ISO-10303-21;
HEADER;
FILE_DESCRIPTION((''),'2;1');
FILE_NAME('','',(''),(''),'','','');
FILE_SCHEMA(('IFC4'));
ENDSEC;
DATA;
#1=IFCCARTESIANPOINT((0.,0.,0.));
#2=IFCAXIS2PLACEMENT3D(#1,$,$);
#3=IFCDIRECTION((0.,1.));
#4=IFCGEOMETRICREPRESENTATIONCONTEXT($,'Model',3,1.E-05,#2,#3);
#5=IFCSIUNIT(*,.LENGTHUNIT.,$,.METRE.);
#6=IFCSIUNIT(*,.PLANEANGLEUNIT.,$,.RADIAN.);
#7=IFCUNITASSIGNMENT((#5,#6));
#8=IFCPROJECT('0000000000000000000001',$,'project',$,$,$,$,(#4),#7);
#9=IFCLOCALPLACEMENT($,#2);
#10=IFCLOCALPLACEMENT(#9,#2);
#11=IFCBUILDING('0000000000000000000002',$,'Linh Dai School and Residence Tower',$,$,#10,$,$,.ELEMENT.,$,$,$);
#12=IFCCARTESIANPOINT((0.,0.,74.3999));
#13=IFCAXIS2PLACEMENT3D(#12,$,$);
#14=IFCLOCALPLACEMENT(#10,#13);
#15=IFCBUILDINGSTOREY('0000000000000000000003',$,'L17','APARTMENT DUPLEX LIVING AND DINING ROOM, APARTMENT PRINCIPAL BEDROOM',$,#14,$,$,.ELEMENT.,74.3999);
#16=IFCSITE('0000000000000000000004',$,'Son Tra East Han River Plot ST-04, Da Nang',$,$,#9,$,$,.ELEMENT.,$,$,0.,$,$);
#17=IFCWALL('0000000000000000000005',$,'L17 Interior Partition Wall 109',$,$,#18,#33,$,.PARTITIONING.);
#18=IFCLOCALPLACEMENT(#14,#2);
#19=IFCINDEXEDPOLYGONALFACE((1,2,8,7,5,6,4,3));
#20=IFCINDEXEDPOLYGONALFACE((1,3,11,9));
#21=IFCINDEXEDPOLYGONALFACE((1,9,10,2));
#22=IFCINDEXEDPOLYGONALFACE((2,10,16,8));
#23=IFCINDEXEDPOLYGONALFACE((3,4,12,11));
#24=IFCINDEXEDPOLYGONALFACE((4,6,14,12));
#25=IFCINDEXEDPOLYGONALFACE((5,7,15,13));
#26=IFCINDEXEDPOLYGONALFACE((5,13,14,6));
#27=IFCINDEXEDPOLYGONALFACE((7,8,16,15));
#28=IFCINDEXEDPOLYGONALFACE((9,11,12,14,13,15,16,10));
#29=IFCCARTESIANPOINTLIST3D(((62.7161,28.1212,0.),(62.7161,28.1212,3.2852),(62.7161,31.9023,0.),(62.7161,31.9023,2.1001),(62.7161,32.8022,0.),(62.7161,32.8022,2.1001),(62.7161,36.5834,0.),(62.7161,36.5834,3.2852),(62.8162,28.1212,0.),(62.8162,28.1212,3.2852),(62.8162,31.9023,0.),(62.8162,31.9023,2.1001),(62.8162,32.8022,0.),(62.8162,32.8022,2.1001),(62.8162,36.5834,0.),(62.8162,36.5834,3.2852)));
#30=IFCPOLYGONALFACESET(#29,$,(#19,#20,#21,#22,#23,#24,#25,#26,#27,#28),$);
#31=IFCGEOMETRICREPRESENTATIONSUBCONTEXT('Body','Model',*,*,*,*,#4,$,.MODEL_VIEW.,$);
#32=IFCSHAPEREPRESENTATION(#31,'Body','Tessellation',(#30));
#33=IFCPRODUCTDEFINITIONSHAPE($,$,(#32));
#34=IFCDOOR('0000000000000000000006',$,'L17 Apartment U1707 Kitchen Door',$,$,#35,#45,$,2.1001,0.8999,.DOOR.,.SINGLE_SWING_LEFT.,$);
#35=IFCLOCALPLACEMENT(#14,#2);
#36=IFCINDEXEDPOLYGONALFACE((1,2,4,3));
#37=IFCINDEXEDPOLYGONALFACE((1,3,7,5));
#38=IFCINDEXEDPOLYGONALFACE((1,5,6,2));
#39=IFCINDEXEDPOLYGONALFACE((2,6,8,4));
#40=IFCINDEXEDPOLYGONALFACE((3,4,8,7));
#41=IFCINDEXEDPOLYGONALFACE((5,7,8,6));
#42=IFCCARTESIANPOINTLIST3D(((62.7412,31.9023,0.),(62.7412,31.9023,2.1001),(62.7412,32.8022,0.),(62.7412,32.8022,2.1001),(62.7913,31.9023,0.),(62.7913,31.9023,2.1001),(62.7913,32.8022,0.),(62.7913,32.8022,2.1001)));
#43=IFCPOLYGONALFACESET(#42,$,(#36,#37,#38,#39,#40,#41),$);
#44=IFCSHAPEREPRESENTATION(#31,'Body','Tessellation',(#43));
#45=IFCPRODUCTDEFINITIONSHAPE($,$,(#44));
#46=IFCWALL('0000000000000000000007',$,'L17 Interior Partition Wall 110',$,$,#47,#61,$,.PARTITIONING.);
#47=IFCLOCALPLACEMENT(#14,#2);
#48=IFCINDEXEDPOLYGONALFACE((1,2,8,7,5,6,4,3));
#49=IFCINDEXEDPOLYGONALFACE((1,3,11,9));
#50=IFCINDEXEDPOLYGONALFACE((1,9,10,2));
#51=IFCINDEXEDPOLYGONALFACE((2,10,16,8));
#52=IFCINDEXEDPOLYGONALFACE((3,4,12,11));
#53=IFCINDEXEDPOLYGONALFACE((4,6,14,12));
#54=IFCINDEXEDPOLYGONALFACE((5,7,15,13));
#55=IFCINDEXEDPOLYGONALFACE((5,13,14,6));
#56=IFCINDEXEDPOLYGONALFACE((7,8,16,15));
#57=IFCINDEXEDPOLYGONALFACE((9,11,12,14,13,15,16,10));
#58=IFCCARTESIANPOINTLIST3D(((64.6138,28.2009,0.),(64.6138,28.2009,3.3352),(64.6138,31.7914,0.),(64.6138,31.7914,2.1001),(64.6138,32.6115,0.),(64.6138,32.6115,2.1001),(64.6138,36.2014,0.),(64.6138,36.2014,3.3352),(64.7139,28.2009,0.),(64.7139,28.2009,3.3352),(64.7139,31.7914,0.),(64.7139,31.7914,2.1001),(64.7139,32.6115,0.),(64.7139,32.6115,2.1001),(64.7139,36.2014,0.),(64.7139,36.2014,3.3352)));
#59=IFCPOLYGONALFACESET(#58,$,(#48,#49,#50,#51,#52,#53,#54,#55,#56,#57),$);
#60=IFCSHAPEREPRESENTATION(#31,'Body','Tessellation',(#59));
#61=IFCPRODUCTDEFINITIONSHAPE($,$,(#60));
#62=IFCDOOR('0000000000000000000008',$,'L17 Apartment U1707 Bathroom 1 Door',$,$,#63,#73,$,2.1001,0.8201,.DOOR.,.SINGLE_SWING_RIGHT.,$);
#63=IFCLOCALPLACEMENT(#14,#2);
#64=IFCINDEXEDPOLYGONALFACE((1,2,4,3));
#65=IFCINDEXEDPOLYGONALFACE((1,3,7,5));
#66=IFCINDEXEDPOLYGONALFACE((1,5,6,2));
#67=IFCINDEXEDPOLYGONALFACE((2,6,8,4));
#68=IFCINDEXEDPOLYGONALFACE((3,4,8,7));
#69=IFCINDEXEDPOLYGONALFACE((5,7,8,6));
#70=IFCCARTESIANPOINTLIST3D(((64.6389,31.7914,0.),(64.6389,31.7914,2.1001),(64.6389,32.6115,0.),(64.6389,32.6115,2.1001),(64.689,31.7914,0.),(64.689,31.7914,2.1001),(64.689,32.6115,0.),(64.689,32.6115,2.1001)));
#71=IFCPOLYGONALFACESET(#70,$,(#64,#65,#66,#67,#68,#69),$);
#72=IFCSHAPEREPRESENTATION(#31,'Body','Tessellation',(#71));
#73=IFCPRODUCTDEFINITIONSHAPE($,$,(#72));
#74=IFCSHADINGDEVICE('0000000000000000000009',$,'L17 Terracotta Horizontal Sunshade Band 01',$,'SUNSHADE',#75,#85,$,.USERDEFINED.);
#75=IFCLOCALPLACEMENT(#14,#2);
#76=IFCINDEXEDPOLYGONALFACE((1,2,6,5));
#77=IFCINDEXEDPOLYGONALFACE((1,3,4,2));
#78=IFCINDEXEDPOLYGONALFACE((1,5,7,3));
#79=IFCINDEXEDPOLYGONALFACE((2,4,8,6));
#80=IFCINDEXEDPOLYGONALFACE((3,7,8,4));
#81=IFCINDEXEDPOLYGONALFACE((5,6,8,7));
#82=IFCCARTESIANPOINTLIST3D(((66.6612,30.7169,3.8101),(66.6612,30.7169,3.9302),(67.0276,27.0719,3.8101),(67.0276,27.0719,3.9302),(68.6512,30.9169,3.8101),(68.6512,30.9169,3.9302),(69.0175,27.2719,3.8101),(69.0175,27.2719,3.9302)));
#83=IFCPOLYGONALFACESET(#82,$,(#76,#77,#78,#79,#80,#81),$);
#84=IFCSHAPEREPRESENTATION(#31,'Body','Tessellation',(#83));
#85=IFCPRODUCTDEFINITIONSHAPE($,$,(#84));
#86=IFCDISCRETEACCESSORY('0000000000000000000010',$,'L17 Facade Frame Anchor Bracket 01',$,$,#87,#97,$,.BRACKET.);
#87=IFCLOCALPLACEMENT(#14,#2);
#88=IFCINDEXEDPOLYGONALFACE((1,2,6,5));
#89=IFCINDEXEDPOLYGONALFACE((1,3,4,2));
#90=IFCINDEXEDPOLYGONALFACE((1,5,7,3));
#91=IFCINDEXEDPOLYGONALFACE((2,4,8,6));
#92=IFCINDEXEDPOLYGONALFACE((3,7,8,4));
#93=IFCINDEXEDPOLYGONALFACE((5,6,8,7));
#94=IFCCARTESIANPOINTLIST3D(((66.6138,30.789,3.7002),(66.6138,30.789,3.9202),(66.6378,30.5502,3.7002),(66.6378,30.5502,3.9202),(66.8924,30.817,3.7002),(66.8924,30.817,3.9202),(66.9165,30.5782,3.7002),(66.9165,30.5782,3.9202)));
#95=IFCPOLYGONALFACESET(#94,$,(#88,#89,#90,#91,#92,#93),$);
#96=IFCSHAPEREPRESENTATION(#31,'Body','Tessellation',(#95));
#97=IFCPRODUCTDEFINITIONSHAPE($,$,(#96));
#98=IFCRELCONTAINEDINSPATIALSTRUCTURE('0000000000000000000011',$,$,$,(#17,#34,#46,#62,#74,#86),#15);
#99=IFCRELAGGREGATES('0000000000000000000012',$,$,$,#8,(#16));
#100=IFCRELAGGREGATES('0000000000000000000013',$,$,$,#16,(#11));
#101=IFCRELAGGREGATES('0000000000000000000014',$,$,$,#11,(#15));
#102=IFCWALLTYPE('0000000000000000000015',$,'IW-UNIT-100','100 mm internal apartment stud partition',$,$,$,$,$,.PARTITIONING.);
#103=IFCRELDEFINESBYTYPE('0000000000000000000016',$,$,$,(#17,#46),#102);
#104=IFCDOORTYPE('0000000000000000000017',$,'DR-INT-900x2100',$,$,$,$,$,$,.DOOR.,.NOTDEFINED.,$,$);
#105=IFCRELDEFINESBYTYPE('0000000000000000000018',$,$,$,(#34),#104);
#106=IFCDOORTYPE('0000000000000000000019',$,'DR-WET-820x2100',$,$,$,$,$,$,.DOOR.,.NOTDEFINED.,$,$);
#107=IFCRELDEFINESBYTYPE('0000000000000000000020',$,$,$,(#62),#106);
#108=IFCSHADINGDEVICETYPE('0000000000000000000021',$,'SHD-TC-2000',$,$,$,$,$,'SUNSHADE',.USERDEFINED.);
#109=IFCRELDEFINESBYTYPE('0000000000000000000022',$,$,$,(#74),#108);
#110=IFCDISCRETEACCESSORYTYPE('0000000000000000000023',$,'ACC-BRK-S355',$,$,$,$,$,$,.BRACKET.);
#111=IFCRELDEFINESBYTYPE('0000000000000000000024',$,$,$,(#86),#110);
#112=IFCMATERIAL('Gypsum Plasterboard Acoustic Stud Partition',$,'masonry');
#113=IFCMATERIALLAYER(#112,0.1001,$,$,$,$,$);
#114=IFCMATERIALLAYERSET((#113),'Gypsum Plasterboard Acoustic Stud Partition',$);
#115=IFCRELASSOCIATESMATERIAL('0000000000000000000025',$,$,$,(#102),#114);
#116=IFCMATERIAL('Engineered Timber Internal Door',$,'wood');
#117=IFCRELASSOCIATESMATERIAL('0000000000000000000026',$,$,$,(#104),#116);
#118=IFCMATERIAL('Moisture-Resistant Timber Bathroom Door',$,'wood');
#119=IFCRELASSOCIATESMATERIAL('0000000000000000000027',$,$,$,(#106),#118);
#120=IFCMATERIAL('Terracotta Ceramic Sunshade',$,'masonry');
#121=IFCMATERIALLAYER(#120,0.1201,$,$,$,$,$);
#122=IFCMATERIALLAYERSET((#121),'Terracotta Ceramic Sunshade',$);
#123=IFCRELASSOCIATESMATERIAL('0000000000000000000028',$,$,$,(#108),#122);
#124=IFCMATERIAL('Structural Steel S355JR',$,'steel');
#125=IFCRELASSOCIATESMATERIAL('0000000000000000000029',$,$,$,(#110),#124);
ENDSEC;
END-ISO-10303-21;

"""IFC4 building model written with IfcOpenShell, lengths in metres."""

from ifc_helpers import new_model, si_unit, direction, frame, frame_2d, origin, origin_2d, place, context, subcontext, project, spatial, rectangle, extrude, source, transform, mapped, material, layer, layer_set, type_object, element, fill, save


model = new_model("IFC4")

# Units and contexts
model_context = context("Model", 3, precision=1e-05, world=origin(), true_north=direction((0.0, 1.0)))
body_context = subcontext(model_context, "Body", "Model", "MODEL_VIEW")
ifc_project = project(units=[si_unit("LENGTHUNIT", "METRE"), si_unit("PLANEANGLEUNIT", "RADIAN")], contexts=[model_context])

# Site, building, storey
site_placement = place(None, origin())
site = spatial("IfcSite", under=ifc_project, at=site_placement, Name="Son Tra East Han River Plot ST-04, Da Nang", CompositionType="ELEMENT", RefElevation=0.0)
building_placement = place(site_placement, origin())
building = spatial("IfcBuilding", under=site, at=building_placement, Name="Linh Dai School and Residence Tower", CompositionType="ELEMENT")
storey_placement = place(building_placement, frame((0.0, 0.0, 74.3999)))
storey = spatial("IfcBuildingStorey", under=building, at=storey_placement, Name="L17", Description="APARTMENT DUPLEX LIVING AND DINING ROOM, APARTMENT PRINCIPAL BEDROOM", CompositionType="ELEMENT", Elevation=74.3999)

# Shared definitions
ifc_material_1 = material(Name="Structural Steel S355JR", Category="steel")

# Shared definitions
ifc_material_2 = material(Name="Gypsum Plasterboard Acoustic Stud Partition", Category="masonry")
ifc_layer_1 = layer(ifc_material_2, 0.1001)
ifc_layer_set_1 = layer_set([ifc_layer_1], Name="Gypsum Plasterboard Acoustic Stud Partition")
wall_type_1 = type_object("IfcWallType", Name="IW-UNIT-100", Description="100 mm internal apartment stud partition", PredefinedType="PARTITIONING", material=ifc_layer_set_1)

# Shared definitions
ifc_material_3 = material(Name="Engineered Timber Internal Door", Category="wood")
door_type_1 = type_object("IfcDoorType", Name="DR-INT-900x2100", OperationType="NOTDEFINED", PredefinedType="DOOR", material=ifc_material_3)
shared_shape_1 = source(origin(), body_context, "Body", "SweptSolid", [
    extrude(rectangle(XDim=0.8999, YDim=2.1001, at=origin_2d()), frame((0.45, 0.0249, 1.05), z_axis=(0.0, -1.0, 0.0), x_axis=(1.0, 0.0, 0.0)), (0.0, 0.0, 1.0), 0.05),
])

# Walls, openings, doors
wall_1_placement = place(storey_placement, frame((62.7661, 28.1213, 0.0), z_axis=(0.0, 0.0, 1.0), x_axis=(0.0, 1.0, 0.0)))
wall_1 = element("IfcWall", 1, at=wall_1_placement, inside=storey, type_object=wall_type_1, Name="L17 Interior Partition Wall 109", PredefinedType="PARTITIONING", context=body_context, shape_type="SweptSolid", body=[
    extrude(rectangle(XDim=8.4622, YDim=0.1001, at=frame_2d((4.231, 0.0))), origin(), (0.0, 0.0, 1.0), 3.2852),
])
opening_1_placement = place(wall_1_placement, frame((3.781, 0.0, 0.0)))
opening_1 = element("IfcOpeningElement", 2, at=opening_1_placement, cuts=wall_1, PredefinedType="OPENING", context=body_context, shape_type="SweptSolid", body=[
    extrude(rectangle(XDim=0.8999, YDim=2.1001, at=origin_2d()), frame((0.45, 0.0601, 1.05), z_axis=(0.0, -1.0, 0.0), x_axis=(1.0, 0.0, 0.0)), (0.0, 0.0, 1.0), 0.1201),
])
door_1_placement = place(opening_1_placement, origin())
door_1 = element("IfcDoor", 3, at=door_1_placement, inside=storey, type_object=door_type_1, Name="L17 Apartment U1707 Kitchen Door", OperationType="SINGLE_SWING_LEFT", OverallHeight=2.1001, OverallWidth=0.8999, PredefinedType="DOOR", context=body_context, shape_type="MappedRepresentation", body=[
    mapped(shared_shape_1, transform((0.0, 0.0, 0.0), x_axis=(1.0, 0.0, 0.0), y_axis=(0.0, 1.0, 0.0), z_axis=(0.0, 0.0, 1.0), scale=1.0)),
])
fill(opening_1, door_1)
wall_2_placement = place(storey_placement, frame((64.6638, 28.2009, 0.0), z_axis=(0.0, 0.0, 1.0), x_axis=(0.0, 1.0, 0.0)))
wall_2 = element("IfcWall", 4, at=wall_2_placement, inside=storey, type_object=wall_type_1, Name="L17 Interior Partition Wall 110", PredefinedType="PARTITIONING", context=body_context, shape_type="SweptSolid", body=[
    extrude(rectangle(XDim=8.0005, YDim=0.1001, at=frame_2d((4.0002, 0.0))), origin(), (0.0, 0.0, 1.0), 3.3352),
])
opening_2_placement = place(wall_2_placement, frame((3.5903, 0.0, 0.0)))
opening_2 = element("IfcOpeningElement", 5, at=opening_2_placement, cuts=wall_2, PredefinedType="OPENING", context=body_context, shape_type="SweptSolid", body=[
    extrude(rectangle(XDim=0.8201, YDim=2.1001, at=origin_2d()), frame((0.4102, 0.0601, 1.05), z_axis=(0.0, -1.0, 0.0), x_axis=(1.0, 0.0, 0.0)), (0.0, 0.0, 1.0), 0.1201),
])
ifc_material_4 = material(Name="Moisture-Resistant Timber Bathroom Door", Category="wood")
door_type_2 = type_object("IfcDoorType", Name="DR-WET-820x2100", OperationType="NOTDEFINED", PredefinedType="DOOR", material=ifc_material_4)
shared_shape_2 = source(origin(), body_context, "Body", "SweptSolid", [
    extrude(rectangle(XDim=0.8201, YDim=2.1001, at=origin_2d()), frame((0.4102, 0.0249, 1.05), z_axis=(0.0, -1.0, 0.0), x_axis=(1.0, 0.0, 0.0)), (0.0, 0.0, 1.0), 0.05),
])
door_2_placement = place(opening_2_placement, origin())
door_2 = element("IfcDoor", 6, at=door_2_placement, inside=storey, type_object=door_type_2, Name="L17 Apartment U1707 Bathroom 1 Door", OperationType="SINGLE_SWING_RIGHT", OverallHeight=2.1001, OverallWidth=0.8201, PredefinedType="DOOR", context=body_context, shape_type="MappedRepresentation", body=[
    mapped(shared_shape_2, transform((0.0, 0.0, 0.0), x_axis=(1.0, 0.0, 0.0), y_axis=(0.0, 1.0, 0.0), z_axis=(0.0, 0.0, 1.0), scale=1.0)),
])
fill(opening_2, door_2)

# Shading device
ifc_material_5 = material(Name="Terracotta Ceramic Sunshade", Category="masonry")
ifc_layer_2 = layer(ifc_material_5, 0.1201)
ifc_layer_set_2 = layer_set([ifc_layer_2], Name="Terracotta Ceramic Sunshade")
shading_device_type = type_object("IfcShadingDeviceType", Name="SHD-TC-2000", ElementType="SUNSHADE", PredefinedType="USERDEFINED", material=ifc_layer_set_2)
shared_shape_3 = source(origin(), body_context, "Body", "SweptSolid", [
    extrude(rectangle(XDim=3.6633, YDim=2.0, at=origin_2d()), origin(), (0.0, 0.0, 1.0), 0.1201),
])
shading_device_placement = place(storey_placement, frame((67.8394, 28.9944, 3.8101), z_axis=(0.0, 0.0, 1.0), x_axis=(0.100009, -0.994986, 0.0)))
element("IfcShadingDevice", 7, at=shading_device_placement, inside=storey, type_object=shading_device_type, Name="L17 Terracotta Horizontal Sunshade Band 01", ObjectType="SUNSHADE", PredefinedType="USERDEFINED", context=body_context, shape_type="MappedRepresentation", body=[
    mapped(shared_shape_3, transform((0.0, 0.0, 0.0), x_axis=(1.0, 0.0, 0.0), y_axis=(0.0, 1.0, 0.0), z_axis=(0.0, 0.0, 1.0), scale=1.0)),
])

# Discrete accessory
discrete_accessory_type = type_object("IfcDiscreteAccessoryType", Name="ACC-BRK-S355", PredefinedType="BRACKET", material=ifc_material_1)
shared_shape_4 = source(origin(), body_context, "Body", "SweptSolid", [
    extrude(rectangle(XDim=0.28, YDim=0.24, at=origin_2d()), origin(), (0.0, 0.0, 1.0), 0.22),
])
discrete_accessory_placement = place(storey_placement, frame((66.7651, 30.6836, 3.7002), z_axis=(0.0, 0.0, 1.0), x_axis=(0.994986, 0.100009, 0.0)))
element("IfcDiscreteAccessory", 8, at=discrete_accessory_placement, inside=storey, type_object=discrete_accessory_type, Name="L17 Facade Frame Anchor Bracket 01", PredefinedType="BRACKET", context=body_context, shape_type="MappedRepresentation", body=[
    mapped(shared_shape_4, transform((0.0, 0.0, 0.0), x_axis=(1.0, 0.0, 0.0), y_axis=(0.0, 1.0, 0.0), z_axis=(0.0, 0.0, 1.0), scale=1.0)),
])

save(model, "model.ifc")
